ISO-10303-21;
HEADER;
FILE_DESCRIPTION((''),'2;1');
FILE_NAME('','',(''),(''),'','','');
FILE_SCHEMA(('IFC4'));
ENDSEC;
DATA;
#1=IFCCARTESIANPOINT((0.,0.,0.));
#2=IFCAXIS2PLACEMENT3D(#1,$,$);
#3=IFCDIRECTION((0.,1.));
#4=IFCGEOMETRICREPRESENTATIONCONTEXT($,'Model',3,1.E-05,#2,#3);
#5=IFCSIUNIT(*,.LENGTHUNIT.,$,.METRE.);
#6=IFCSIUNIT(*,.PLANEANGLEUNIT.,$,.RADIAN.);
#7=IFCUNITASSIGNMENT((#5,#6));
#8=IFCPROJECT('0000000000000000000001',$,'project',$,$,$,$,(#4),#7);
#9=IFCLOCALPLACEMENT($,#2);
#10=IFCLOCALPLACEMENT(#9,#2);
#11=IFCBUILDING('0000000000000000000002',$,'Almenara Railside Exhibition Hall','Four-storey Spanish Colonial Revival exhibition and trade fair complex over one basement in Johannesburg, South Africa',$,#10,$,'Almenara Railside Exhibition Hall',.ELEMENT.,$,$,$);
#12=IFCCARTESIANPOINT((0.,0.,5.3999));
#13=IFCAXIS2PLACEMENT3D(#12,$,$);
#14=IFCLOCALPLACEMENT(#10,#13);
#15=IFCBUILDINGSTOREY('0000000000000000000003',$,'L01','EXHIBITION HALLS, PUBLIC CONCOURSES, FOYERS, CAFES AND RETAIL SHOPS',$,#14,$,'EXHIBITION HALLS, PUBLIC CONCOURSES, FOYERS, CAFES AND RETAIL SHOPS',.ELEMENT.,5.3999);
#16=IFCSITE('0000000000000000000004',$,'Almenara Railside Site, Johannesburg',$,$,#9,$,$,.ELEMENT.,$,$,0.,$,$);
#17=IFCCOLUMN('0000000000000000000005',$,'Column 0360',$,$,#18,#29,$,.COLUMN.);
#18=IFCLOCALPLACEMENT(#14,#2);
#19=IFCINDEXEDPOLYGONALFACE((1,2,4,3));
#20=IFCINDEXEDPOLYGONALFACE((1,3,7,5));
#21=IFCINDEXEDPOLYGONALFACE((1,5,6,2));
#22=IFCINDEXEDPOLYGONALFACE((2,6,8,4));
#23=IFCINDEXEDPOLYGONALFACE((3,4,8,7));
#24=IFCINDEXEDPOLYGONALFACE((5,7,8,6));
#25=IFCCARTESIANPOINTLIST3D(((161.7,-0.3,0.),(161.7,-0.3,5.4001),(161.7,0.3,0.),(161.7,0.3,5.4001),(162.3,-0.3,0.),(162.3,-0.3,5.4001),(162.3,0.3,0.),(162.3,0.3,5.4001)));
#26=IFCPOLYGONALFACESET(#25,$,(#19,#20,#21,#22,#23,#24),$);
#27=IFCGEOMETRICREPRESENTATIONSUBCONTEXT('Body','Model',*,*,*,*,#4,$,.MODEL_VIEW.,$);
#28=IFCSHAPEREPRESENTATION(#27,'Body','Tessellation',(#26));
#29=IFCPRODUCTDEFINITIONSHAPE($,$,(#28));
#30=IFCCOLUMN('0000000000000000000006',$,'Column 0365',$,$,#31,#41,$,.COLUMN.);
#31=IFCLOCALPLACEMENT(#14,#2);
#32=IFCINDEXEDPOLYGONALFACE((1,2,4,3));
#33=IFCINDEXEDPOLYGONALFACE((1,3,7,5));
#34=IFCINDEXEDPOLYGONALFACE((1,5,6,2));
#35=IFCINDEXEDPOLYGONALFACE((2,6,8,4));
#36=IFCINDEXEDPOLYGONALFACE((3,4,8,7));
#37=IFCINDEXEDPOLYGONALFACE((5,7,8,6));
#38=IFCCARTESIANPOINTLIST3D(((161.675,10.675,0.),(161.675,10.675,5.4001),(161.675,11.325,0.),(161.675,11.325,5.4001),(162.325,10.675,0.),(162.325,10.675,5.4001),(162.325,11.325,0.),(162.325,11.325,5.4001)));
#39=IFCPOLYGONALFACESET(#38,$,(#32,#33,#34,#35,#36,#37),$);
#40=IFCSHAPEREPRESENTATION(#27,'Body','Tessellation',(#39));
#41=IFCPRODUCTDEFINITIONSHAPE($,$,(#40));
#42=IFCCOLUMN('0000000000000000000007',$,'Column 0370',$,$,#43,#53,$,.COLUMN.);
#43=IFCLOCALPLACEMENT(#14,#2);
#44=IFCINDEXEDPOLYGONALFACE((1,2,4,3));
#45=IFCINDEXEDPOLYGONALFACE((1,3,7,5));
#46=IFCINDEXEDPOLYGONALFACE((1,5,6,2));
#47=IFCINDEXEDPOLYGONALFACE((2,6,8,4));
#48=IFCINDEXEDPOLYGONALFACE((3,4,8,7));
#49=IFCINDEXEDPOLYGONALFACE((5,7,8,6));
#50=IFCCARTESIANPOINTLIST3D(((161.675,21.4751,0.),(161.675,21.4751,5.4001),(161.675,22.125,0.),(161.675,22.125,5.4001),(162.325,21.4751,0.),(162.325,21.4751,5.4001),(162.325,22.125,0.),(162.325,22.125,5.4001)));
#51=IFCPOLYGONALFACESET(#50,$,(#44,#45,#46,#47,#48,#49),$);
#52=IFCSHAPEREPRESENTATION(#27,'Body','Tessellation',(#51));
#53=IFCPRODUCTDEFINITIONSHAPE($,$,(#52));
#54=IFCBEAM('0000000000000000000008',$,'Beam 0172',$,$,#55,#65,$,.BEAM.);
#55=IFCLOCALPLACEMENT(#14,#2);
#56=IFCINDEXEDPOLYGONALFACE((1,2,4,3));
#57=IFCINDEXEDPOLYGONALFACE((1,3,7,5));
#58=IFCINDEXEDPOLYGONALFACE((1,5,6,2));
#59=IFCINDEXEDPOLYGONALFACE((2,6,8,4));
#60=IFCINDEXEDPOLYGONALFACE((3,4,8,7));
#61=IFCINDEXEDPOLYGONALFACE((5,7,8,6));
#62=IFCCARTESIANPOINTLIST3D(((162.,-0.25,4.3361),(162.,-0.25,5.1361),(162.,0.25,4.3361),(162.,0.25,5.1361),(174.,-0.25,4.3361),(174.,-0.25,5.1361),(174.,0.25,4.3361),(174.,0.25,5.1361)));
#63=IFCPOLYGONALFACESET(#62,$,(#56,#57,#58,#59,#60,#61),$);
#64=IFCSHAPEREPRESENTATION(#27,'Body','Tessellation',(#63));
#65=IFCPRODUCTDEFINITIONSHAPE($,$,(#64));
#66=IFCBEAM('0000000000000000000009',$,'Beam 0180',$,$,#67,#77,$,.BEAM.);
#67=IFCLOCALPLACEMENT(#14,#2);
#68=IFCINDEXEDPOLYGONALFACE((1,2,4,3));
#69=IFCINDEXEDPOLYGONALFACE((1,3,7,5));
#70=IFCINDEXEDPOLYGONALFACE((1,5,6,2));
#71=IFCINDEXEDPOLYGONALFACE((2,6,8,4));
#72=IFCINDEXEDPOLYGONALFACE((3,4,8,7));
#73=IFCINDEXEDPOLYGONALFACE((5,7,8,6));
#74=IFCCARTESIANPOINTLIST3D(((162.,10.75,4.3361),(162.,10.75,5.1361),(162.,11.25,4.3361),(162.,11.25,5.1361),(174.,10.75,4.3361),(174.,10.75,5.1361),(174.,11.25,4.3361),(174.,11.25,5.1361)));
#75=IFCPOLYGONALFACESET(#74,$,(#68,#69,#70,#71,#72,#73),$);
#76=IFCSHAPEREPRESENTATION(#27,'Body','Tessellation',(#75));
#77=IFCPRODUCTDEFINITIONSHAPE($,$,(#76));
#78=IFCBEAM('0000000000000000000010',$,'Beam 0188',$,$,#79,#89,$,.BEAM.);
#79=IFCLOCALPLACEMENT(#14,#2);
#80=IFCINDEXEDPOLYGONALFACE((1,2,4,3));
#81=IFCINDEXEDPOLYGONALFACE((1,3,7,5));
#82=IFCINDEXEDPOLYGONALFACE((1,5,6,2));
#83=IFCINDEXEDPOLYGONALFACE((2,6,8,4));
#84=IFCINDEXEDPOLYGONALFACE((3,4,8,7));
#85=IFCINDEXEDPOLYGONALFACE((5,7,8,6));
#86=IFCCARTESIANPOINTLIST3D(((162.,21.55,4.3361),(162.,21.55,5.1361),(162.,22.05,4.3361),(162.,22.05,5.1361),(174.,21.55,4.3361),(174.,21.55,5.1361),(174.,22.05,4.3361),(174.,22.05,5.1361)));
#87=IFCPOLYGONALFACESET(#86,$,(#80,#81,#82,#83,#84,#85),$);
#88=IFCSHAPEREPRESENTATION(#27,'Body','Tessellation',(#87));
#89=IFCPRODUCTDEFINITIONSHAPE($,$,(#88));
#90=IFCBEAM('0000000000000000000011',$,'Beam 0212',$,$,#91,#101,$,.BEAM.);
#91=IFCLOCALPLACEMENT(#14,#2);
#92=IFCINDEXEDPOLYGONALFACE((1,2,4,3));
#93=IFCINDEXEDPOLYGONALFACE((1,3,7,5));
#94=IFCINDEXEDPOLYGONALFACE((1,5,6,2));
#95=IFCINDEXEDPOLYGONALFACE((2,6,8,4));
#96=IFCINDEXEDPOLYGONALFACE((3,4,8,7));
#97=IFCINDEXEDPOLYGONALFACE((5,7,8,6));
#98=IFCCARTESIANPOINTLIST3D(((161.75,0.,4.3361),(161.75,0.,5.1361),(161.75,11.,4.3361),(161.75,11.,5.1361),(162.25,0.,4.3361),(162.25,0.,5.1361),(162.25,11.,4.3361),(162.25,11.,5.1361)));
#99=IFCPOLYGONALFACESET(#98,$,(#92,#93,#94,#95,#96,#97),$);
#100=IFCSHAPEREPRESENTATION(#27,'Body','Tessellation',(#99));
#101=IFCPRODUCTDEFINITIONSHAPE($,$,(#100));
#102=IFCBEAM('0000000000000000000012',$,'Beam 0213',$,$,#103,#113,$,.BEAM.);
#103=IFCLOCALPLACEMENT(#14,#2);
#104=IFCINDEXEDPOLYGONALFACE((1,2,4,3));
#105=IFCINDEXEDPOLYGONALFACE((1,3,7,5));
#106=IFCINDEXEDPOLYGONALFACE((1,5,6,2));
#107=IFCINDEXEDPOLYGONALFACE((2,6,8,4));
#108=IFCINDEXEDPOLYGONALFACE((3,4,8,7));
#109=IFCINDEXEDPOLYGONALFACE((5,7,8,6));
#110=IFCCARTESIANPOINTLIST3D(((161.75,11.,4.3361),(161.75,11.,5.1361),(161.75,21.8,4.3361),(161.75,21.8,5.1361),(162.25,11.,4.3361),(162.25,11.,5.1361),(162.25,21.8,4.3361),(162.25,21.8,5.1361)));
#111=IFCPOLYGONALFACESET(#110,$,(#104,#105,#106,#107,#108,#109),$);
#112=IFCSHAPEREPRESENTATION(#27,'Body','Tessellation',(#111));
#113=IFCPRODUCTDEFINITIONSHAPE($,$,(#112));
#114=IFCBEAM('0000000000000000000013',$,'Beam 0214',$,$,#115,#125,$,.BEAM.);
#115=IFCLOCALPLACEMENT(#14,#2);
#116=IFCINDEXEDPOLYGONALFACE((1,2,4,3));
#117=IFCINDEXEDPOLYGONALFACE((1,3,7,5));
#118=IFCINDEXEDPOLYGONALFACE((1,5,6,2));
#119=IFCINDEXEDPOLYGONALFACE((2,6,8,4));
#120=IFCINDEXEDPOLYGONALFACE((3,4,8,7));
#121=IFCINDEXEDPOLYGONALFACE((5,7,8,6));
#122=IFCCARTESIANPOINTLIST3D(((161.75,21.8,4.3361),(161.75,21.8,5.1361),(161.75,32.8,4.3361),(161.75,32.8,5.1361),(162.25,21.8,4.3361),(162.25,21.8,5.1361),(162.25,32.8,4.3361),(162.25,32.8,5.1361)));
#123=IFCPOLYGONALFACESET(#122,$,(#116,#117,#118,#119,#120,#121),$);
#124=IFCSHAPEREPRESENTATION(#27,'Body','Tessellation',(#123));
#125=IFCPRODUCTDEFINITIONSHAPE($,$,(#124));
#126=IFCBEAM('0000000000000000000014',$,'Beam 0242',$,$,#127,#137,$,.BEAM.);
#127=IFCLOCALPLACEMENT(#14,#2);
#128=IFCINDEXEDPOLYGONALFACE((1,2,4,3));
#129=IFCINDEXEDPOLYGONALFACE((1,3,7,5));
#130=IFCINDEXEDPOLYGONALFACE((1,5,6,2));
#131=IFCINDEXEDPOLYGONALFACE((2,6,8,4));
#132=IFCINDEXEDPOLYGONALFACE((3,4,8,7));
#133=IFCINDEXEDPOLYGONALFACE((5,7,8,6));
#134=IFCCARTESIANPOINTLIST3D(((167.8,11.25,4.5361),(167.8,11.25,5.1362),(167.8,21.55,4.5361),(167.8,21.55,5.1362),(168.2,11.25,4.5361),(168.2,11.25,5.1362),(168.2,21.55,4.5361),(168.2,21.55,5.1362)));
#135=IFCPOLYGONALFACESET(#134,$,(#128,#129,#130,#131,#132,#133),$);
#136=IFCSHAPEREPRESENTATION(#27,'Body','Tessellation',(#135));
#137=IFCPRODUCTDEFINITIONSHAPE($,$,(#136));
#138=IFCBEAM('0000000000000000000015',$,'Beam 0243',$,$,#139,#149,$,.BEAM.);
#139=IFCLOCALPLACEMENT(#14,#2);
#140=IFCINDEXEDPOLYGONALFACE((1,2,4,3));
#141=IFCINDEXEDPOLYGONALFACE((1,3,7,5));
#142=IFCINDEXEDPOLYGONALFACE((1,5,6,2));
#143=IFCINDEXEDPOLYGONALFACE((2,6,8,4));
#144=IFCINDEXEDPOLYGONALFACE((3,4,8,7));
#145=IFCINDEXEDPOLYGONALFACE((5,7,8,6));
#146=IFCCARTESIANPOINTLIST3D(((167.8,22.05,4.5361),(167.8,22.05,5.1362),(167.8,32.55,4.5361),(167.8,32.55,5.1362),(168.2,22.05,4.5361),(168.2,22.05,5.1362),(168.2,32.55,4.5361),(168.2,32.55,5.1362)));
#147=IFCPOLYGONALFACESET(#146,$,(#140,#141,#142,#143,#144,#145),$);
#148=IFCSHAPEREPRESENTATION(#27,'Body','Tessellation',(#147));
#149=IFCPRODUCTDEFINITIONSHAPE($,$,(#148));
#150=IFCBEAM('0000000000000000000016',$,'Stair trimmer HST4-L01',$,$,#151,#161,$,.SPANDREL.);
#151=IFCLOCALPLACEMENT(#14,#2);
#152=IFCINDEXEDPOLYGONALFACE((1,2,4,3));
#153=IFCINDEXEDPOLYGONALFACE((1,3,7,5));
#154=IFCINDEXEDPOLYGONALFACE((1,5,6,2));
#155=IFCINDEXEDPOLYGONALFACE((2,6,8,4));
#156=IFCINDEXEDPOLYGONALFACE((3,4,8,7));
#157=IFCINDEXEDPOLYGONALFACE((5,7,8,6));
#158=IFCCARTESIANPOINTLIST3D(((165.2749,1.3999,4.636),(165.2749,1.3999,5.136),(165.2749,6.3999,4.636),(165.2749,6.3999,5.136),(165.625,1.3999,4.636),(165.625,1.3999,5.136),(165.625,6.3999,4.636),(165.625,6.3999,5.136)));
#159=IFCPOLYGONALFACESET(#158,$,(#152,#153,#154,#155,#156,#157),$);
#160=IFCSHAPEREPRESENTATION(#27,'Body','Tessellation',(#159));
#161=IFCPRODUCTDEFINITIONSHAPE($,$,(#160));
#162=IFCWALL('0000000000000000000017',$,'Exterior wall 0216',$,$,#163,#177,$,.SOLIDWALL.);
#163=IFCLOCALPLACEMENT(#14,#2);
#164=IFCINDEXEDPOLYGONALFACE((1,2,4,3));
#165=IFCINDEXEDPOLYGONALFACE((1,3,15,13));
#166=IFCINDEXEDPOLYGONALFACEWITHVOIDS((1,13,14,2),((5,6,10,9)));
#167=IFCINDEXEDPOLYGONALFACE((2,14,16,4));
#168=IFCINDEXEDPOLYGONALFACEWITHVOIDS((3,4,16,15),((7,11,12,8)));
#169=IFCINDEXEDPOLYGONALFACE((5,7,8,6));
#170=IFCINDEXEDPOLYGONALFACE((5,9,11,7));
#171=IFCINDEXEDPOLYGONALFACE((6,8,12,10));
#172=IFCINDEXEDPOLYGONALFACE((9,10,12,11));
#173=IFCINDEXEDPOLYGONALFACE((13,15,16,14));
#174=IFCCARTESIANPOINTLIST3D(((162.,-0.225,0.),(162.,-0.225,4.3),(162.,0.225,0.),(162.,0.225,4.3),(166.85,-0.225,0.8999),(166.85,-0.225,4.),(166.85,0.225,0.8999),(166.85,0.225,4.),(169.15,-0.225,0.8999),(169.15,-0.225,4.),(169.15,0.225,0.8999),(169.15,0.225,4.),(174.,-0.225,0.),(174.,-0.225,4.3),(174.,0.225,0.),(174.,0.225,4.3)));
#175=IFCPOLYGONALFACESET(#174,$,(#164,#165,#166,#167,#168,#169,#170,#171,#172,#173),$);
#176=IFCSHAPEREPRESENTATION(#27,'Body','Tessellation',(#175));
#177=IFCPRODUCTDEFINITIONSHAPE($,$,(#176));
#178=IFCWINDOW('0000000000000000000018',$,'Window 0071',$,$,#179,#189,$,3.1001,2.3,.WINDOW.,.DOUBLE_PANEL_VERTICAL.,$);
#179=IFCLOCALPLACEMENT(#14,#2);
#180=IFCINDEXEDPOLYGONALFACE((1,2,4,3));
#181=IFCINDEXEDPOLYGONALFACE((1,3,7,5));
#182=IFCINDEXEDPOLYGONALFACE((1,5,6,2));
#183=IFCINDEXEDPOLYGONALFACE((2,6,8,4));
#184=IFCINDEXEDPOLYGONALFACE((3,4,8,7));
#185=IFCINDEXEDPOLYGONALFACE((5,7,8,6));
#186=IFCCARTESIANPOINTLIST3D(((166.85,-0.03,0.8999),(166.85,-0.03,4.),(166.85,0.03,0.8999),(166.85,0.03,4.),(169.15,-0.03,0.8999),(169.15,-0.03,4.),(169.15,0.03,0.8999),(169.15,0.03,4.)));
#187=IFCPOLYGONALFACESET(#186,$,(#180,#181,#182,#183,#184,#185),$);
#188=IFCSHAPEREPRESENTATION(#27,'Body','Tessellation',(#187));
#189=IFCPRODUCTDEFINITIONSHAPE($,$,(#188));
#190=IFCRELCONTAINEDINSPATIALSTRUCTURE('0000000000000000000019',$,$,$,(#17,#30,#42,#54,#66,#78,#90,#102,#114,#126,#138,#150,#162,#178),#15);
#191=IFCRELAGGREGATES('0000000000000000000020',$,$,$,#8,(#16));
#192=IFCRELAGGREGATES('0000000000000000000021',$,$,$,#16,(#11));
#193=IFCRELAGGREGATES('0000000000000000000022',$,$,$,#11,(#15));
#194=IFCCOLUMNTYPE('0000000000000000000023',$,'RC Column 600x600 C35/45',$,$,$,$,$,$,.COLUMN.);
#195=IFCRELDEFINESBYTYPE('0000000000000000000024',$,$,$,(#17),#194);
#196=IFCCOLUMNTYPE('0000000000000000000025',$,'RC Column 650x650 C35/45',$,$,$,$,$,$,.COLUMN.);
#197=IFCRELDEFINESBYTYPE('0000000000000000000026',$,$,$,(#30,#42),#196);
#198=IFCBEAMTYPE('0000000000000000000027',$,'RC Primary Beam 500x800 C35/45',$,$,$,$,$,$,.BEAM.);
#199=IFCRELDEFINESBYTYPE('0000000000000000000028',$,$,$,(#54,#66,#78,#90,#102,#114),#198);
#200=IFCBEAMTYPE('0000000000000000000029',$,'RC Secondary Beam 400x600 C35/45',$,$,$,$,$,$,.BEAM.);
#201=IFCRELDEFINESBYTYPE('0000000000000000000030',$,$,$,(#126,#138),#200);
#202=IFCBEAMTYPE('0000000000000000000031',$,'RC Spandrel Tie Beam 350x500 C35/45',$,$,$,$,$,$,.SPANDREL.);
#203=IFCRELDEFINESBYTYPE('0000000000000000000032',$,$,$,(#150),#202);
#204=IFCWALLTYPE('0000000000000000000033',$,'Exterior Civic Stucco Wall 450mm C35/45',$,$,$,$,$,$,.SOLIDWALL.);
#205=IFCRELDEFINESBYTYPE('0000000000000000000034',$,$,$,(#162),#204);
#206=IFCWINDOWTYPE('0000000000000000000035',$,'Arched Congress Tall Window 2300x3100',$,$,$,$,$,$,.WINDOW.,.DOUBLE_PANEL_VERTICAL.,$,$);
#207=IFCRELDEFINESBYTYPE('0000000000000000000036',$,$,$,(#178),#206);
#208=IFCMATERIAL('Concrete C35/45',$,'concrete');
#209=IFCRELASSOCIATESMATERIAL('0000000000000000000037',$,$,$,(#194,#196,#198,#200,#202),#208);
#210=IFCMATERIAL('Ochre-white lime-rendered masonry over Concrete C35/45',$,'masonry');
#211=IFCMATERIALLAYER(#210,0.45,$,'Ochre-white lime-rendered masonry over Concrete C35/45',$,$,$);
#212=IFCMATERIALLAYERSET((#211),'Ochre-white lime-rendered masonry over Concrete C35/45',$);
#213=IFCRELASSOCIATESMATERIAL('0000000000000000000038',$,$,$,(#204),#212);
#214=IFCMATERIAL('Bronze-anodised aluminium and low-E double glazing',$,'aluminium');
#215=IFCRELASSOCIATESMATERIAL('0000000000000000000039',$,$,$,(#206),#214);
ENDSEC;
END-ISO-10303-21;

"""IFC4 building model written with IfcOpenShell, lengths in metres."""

from ifc_helpers import new_model, si_unit, direction, frame, frame_2d, origin, origin_2d, place, context, subcontext, project, spatial, rectangle, extrude, material, layer, layer_set, material_profile, profile_set, type_object, element, fill, save


model = new_model("IFC4")

# Units and contexts
model_context = context("Model", 3, precision=1e-05, world=origin(), true_north=direction((0.0, 1.0)))
body_context = subcontext(model_context, "Body", "Model", "MODEL_VIEW")
ifc_project = project(units=[si_unit("LENGTHUNIT", "METRE"), si_unit("PLANEANGLEUNIT", "RADIAN")], contexts=[model_context])

# Site, building, storey
site_placement = place(None, origin())
site = spatial("IfcSite", under=ifc_project, at=site_placement, Name="Almenara Railside Site, Johannesburg", CompositionType="ELEMENT", RefElevation=0.0)
building_placement = place(site_placement, origin())
building = spatial("IfcBuilding", under=site, at=building_placement, Name="Almenara Railside Exhibition Hall", Description="Four-storey Spanish Colonial Revival exhibition and trade fair complex over one basement in Johannesburg, South Africa", LongName="Almenara Railside Exhibition Hall", CompositionType="ELEMENT")
storey_placement = place(building_placement, frame((0.0, 0.0, 5.3999)))
storey = spatial("IfcBuildingStorey", under=building, at=storey_placement, Name="L01", Description="EXHIBITION HALLS, PUBLIC CONCOURSES, FOYERS, CAFES AND RETAIL SHOPS", LongName="EXHIBITION HALLS, PUBLIC CONCOURSES, FOYERS, CAFES AND RETAIL SHOPS", CompositionType="ELEMENT", Elevation=5.3999)

# Columns
ifc_material_1 = material(Name="Concrete C35/45", Category="concrete")
ifc_material_profile_1 = material_profile(ifc_material_1, rectangle(XDim=0.6001, YDim=0.6001, at=origin_2d()), Name="RC 600x600")
ifc_profile_set_1 = profile_set([ifc_material_profile_1], Name="Concrete C35/45")
column_type_1 = type_object("IfcColumnType", Name="RC Column 600x600 C35/45", PredefinedType="COLUMN", material=ifc_profile_set_1)
column_placement = place(storey_placement, frame((162.0, 0.0, 0.0), z_axis=(0.0, 0.0, 1.0), x_axis=(1.0, 0.0, 0.0)))
element("IfcColumn", 1, at=column_placement, inside=storey, type_object=column_type_1, Name="Column 0360", PredefinedType="COLUMN", context=body_context, shape_type="SweptSolid", body=[
    extrude(rectangle(XDim=0.6001, YDim=0.6001, at=origin_2d()), origin(), (0.0, 0.0, 1.0), 5.4001),
])
ifc_material_profile_2 = material_profile(ifc_material_1, rectangle(XDim=0.6499, YDim=0.6499, at=origin_2d()), Name="RC 650x650")
ifc_profile_set_2 = profile_set([ifc_material_profile_2], Name="Concrete C35/45")
column_type_2 = type_object("IfcColumnType", Name="RC Column 650x650 C35/45", PredefinedType="COLUMN", material=ifc_profile_set_2)
for number, where, z_axis, x_axis, name in (
    (2, (162.0, 11.0, 0.0), (0.0, 0.0, 1.0), (1.0, 0.0, 0.0), "Column 0365"),
    (3, (162.0, 21.8, 0.0), (0.0, 0.0, 1.0), (1.0, 0.0, 0.0), "Column 0370"),
):
    element("IfcColumn", number, at=place(storey_placement, frame(where, z_axis=z_axis, x_axis=x_axis)), inside=storey, type_object=column_type_2, Name=name, PredefinedType="COLUMN", context=body_context, shape_type="SweptSolid", body=[
        extrude(rectangle(XDim=0.6499, YDim=0.6499, at=origin_2d()), origin(), (0.0, 0.0, 1.0), 5.4001),
    ])

# Beams
ifc_material_profile_3 = material_profile(ifc_material_1, rectangle(XDim=0.5, YDim=0.8, at=origin_2d()), Name="RC 500x800")
ifc_profile_set_3 = profile_set([ifc_material_profile_3], Name="Concrete C35/45")
beam_type_1 = type_object("IfcBeamType", Name="RC Primary Beam 500x800 C35/45", PredefinedType="BEAM", material=ifc_profile_set_3)
for number, where, z_axis, x_axis, name in (
    (4, (162.0, 0.0, 4.7361), (1.0, 0.0, 0.0), (0.0, 1.0, 0.0), "Beam 0172"),
    (5, (162.0, 11.0, 4.7361), (1.0, 0.0, 0.0), (0.0, 1.0, 0.0), "Beam 0180"),
    (6, (162.0, 21.8, 4.7361), (1.0, 0.0, 0.0), (0.0, 1.0, 0.0), "Beam 0188"),
):
    element("IfcBeam", number, at=place(storey_placement, frame(where, z_axis=z_axis, x_axis=x_axis)), inside=storey, type_object=beam_type_1, Name=name, PredefinedType="BEAM", context=body_context, shape_type="SweptSolid", body=[
        extrude(rectangle(XDim=0.5, YDim=0.8, at=origin_2d()), origin(), (0.0, 0.0, 1.0), 12.0),
    ])
beam_1_placement = place(storey_placement, frame((162.0, 0.0, 4.7361), z_axis=(0.0, 1.0, 0.0), x_axis=(-1.0, 0.0, 0.0)))
element("IfcBeam", 7, at=beam_1_placement, inside=storey, type_object=beam_type_1, Name="Beam 0212", PredefinedType="BEAM", context=body_context, shape_type="SweptSolid", body=[
    extrude(rectangle(XDim=0.5, YDim=0.8, at=origin_2d()), origin(), (0.0, 0.0, 1.0), 11.0),
])
beam_2_placement = place(storey_placement, frame((162.0, 11.0, 4.7361), z_axis=(0.0, 1.0, 0.0), x_axis=(-1.0, 0.0, 0.0)))
element("IfcBeam", 8, at=beam_2_placement, inside=storey, type_object=beam_type_1, Name="Beam 0213", PredefinedType="BEAM", context=body_context, shape_type="SweptSolid", body=[
    extrude(rectangle(XDim=0.5, YDim=0.8, at=origin_2d()), origin(), (0.0, 0.0, 1.0), 10.8),
])
beam_3_placement = place(storey_placement, frame((162.0, 21.8, 4.7361), z_axis=(0.0, 1.0, 0.0), x_axis=(-1.0, 0.0, 0.0)))
element("IfcBeam", 9, at=beam_3_placement, inside=storey, type_object=beam_type_1, Name="Beam 0214", PredefinedType="BEAM", context=body_context, shape_type="SweptSolid", body=[
    extrude(rectangle(XDim=0.5, YDim=0.8, at=origin_2d()), origin(), (0.0, 0.0, 1.0), 11.0),
])
ifc_material_profile_4 = material_profile(ifc_material_1, rectangle(XDim=0.3999, YDim=0.6001, at=origin_2d()), Name="RC 400x600")
ifc_profile_set_4 = profile_set([ifc_material_profile_4], Name="Concrete C35/45")
beam_type_2 = type_object("IfcBeamType", Name="RC Secondary Beam 400x600 C35/45", PredefinedType="BEAM", material=ifc_profile_set_4)
beam_4_placement = place(storey_placement, frame((168.0, 11.25, 4.8362), z_axis=(0.0, 1.0, 0.0), x_axis=(-1.0, 0.0, 0.0)))
element("IfcBeam", 10, at=beam_4_placement, inside=storey, type_object=beam_type_2, Name="Beam 0242", PredefinedType="BEAM", context=body_context, shape_type="SweptSolid", body=[
    extrude(rectangle(XDim=0.3999, YDim=0.6001, at=origin_2d()), origin(), (0.0, 0.0, 1.0), 10.3),
])
beam_5_placement = place(storey_placement, frame((168.0, 22.05, 4.8362), z_axis=(0.0, 1.0, 0.0), x_axis=(-1.0, 0.0, 0.0)))
element("IfcBeam", 11, at=beam_5_placement, inside=storey, type_object=beam_type_2, Name="Beam 0243", PredefinedType="BEAM", context=body_context, shape_type="SweptSolid", body=[
    extrude(rectangle(XDim=0.3999, YDim=0.6001, at=origin_2d()), origin(), (0.0, 0.0, 1.0), 10.5),
])
ifc_material_profile_5 = material_profile(ifc_material_1, rectangle(XDim=0.3501, YDim=0.5, at=origin_2d()), Name="RC 350x500")
ifc_profile_set_5 = profile_set([ifc_material_profile_5], Name="Concrete C35/45")
beam_type_3 = type_object("IfcBeamType", Name="RC Spandrel Tie Beam 350x500 C35/45", PredefinedType="SPANDREL", material=ifc_profile_set_5)
beam_6_placement = place(storey_placement, frame((165.45, 1.3999, 4.886), z_axis=(0.0, 1.0, 0.0), x_axis=(-1.0, 0.0, 0.0)))
element("IfcBeam", 12, at=beam_6_placement, inside=storey, type_object=beam_type_3, Name="Stair trimmer HST4-L01", PredefinedType="SPANDREL", context=body_context, shape_type="SweptSolid", body=[
    extrude(rectangle(XDim=0.3501, YDim=0.5, at=origin_2d()), origin(), (0.0, 0.0, 1.0), 5.0),
])

# Wall, opening, window
ifc_material_2 = material(Name="Ochre-white lime-rendered masonry over Concrete C35/45", Category="masonry")
ifc_layer_1 = layer(ifc_material_2, 0.45, Name="Ochre-white lime-rendered masonry over Concrete C35/45")
ifc_layer_set_1 = layer_set([ifc_layer_1], Name="Ochre-white lime-rendered masonry over Concrete C35/45")
wall_type_1 = type_object("IfcWallType", Name="Exterior Civic Stucco Wall 450mm C35/45", PredefinedType="SOLIDWALL", material=ifc_layer_set_1)
wall_1_placement = place(storey_placement, frame((162.0, 0.0, 0.0), z_axis=(0.0, 0.0, 1.0), x_axis=(1.0, 0.0, 0.0)))
wall_1 = element("IfcWall", 13, at=wall_1_placement, inside=storey, type_object=wall_type_1, Name="Exterior wall 0216", PredefinedType="SOLIDWALL", context=body_context, shape_type="SweptSolid", body=[
    extrude(rectangle(XDim=12.0, YDim=0.45, at=frame_2d((6.0, 0.0))), origin(), (0.0, 0.0, 1.0), 4.3),
])
opening_1_placement = place(wall_1_placement, frame((4.8501, 0.0, 0.8999)))
opening_1 = element("IfcOpeningElement", 14, at=opening_1_placement, cuts=wall_1, PredefinedType="OPENING", context=body_context, shape_type="SweptSolid", body=[
    extrude(rectangle(XDim=2.3, YDim=3.1001, at=frame_2d((1.1499, 1.55))), frame((0.0, 0.2349, 0.0), z_axis=(0.0, -1.0, 0.0), x_axis=(1.0, 0.0, 0.0)), (0.0, 0.0, 1.0), 0.47),
])
ifc_material_3 = material(Name="Bronze-anodised aluminium and low-E double glazing", Category="aluminium")
window_type = type_object("IfcWindowType", Name="Arched Congress Tall Window 2300x3100", PartitioningType="DOUBLE_PANEL_VERTICAL", PredefinedType="WINDOW", material=ifc_material_3)
window_placement = place(opening_1_placement, origin())
window = element("IfcWindow", 15, at=window_placement, inside=storey, type_object=window_type, Name="Window 0071", OverallHeight=3.1001, OverallWidth=2.3, PartitioningType="DOUBLE_PANEL_VERTICAL", PredefinedType="WINDOW", context=body_context, shape_type="SweptSolid", body=[
    extrude(rectangle(XDim=2.3, YDim=3.1001, at=frame_2d((1.1499, 1.55))), frame((0.0, 0.03, 0.0), z_axis=(0.0, -1.0, 0.0), x_axis=(1.0, 0.0, 0.0)), (0.0, 0.0, 1.0), 0.0601),
])
fill(opening_1, window)

save(model, "model.ifc")
